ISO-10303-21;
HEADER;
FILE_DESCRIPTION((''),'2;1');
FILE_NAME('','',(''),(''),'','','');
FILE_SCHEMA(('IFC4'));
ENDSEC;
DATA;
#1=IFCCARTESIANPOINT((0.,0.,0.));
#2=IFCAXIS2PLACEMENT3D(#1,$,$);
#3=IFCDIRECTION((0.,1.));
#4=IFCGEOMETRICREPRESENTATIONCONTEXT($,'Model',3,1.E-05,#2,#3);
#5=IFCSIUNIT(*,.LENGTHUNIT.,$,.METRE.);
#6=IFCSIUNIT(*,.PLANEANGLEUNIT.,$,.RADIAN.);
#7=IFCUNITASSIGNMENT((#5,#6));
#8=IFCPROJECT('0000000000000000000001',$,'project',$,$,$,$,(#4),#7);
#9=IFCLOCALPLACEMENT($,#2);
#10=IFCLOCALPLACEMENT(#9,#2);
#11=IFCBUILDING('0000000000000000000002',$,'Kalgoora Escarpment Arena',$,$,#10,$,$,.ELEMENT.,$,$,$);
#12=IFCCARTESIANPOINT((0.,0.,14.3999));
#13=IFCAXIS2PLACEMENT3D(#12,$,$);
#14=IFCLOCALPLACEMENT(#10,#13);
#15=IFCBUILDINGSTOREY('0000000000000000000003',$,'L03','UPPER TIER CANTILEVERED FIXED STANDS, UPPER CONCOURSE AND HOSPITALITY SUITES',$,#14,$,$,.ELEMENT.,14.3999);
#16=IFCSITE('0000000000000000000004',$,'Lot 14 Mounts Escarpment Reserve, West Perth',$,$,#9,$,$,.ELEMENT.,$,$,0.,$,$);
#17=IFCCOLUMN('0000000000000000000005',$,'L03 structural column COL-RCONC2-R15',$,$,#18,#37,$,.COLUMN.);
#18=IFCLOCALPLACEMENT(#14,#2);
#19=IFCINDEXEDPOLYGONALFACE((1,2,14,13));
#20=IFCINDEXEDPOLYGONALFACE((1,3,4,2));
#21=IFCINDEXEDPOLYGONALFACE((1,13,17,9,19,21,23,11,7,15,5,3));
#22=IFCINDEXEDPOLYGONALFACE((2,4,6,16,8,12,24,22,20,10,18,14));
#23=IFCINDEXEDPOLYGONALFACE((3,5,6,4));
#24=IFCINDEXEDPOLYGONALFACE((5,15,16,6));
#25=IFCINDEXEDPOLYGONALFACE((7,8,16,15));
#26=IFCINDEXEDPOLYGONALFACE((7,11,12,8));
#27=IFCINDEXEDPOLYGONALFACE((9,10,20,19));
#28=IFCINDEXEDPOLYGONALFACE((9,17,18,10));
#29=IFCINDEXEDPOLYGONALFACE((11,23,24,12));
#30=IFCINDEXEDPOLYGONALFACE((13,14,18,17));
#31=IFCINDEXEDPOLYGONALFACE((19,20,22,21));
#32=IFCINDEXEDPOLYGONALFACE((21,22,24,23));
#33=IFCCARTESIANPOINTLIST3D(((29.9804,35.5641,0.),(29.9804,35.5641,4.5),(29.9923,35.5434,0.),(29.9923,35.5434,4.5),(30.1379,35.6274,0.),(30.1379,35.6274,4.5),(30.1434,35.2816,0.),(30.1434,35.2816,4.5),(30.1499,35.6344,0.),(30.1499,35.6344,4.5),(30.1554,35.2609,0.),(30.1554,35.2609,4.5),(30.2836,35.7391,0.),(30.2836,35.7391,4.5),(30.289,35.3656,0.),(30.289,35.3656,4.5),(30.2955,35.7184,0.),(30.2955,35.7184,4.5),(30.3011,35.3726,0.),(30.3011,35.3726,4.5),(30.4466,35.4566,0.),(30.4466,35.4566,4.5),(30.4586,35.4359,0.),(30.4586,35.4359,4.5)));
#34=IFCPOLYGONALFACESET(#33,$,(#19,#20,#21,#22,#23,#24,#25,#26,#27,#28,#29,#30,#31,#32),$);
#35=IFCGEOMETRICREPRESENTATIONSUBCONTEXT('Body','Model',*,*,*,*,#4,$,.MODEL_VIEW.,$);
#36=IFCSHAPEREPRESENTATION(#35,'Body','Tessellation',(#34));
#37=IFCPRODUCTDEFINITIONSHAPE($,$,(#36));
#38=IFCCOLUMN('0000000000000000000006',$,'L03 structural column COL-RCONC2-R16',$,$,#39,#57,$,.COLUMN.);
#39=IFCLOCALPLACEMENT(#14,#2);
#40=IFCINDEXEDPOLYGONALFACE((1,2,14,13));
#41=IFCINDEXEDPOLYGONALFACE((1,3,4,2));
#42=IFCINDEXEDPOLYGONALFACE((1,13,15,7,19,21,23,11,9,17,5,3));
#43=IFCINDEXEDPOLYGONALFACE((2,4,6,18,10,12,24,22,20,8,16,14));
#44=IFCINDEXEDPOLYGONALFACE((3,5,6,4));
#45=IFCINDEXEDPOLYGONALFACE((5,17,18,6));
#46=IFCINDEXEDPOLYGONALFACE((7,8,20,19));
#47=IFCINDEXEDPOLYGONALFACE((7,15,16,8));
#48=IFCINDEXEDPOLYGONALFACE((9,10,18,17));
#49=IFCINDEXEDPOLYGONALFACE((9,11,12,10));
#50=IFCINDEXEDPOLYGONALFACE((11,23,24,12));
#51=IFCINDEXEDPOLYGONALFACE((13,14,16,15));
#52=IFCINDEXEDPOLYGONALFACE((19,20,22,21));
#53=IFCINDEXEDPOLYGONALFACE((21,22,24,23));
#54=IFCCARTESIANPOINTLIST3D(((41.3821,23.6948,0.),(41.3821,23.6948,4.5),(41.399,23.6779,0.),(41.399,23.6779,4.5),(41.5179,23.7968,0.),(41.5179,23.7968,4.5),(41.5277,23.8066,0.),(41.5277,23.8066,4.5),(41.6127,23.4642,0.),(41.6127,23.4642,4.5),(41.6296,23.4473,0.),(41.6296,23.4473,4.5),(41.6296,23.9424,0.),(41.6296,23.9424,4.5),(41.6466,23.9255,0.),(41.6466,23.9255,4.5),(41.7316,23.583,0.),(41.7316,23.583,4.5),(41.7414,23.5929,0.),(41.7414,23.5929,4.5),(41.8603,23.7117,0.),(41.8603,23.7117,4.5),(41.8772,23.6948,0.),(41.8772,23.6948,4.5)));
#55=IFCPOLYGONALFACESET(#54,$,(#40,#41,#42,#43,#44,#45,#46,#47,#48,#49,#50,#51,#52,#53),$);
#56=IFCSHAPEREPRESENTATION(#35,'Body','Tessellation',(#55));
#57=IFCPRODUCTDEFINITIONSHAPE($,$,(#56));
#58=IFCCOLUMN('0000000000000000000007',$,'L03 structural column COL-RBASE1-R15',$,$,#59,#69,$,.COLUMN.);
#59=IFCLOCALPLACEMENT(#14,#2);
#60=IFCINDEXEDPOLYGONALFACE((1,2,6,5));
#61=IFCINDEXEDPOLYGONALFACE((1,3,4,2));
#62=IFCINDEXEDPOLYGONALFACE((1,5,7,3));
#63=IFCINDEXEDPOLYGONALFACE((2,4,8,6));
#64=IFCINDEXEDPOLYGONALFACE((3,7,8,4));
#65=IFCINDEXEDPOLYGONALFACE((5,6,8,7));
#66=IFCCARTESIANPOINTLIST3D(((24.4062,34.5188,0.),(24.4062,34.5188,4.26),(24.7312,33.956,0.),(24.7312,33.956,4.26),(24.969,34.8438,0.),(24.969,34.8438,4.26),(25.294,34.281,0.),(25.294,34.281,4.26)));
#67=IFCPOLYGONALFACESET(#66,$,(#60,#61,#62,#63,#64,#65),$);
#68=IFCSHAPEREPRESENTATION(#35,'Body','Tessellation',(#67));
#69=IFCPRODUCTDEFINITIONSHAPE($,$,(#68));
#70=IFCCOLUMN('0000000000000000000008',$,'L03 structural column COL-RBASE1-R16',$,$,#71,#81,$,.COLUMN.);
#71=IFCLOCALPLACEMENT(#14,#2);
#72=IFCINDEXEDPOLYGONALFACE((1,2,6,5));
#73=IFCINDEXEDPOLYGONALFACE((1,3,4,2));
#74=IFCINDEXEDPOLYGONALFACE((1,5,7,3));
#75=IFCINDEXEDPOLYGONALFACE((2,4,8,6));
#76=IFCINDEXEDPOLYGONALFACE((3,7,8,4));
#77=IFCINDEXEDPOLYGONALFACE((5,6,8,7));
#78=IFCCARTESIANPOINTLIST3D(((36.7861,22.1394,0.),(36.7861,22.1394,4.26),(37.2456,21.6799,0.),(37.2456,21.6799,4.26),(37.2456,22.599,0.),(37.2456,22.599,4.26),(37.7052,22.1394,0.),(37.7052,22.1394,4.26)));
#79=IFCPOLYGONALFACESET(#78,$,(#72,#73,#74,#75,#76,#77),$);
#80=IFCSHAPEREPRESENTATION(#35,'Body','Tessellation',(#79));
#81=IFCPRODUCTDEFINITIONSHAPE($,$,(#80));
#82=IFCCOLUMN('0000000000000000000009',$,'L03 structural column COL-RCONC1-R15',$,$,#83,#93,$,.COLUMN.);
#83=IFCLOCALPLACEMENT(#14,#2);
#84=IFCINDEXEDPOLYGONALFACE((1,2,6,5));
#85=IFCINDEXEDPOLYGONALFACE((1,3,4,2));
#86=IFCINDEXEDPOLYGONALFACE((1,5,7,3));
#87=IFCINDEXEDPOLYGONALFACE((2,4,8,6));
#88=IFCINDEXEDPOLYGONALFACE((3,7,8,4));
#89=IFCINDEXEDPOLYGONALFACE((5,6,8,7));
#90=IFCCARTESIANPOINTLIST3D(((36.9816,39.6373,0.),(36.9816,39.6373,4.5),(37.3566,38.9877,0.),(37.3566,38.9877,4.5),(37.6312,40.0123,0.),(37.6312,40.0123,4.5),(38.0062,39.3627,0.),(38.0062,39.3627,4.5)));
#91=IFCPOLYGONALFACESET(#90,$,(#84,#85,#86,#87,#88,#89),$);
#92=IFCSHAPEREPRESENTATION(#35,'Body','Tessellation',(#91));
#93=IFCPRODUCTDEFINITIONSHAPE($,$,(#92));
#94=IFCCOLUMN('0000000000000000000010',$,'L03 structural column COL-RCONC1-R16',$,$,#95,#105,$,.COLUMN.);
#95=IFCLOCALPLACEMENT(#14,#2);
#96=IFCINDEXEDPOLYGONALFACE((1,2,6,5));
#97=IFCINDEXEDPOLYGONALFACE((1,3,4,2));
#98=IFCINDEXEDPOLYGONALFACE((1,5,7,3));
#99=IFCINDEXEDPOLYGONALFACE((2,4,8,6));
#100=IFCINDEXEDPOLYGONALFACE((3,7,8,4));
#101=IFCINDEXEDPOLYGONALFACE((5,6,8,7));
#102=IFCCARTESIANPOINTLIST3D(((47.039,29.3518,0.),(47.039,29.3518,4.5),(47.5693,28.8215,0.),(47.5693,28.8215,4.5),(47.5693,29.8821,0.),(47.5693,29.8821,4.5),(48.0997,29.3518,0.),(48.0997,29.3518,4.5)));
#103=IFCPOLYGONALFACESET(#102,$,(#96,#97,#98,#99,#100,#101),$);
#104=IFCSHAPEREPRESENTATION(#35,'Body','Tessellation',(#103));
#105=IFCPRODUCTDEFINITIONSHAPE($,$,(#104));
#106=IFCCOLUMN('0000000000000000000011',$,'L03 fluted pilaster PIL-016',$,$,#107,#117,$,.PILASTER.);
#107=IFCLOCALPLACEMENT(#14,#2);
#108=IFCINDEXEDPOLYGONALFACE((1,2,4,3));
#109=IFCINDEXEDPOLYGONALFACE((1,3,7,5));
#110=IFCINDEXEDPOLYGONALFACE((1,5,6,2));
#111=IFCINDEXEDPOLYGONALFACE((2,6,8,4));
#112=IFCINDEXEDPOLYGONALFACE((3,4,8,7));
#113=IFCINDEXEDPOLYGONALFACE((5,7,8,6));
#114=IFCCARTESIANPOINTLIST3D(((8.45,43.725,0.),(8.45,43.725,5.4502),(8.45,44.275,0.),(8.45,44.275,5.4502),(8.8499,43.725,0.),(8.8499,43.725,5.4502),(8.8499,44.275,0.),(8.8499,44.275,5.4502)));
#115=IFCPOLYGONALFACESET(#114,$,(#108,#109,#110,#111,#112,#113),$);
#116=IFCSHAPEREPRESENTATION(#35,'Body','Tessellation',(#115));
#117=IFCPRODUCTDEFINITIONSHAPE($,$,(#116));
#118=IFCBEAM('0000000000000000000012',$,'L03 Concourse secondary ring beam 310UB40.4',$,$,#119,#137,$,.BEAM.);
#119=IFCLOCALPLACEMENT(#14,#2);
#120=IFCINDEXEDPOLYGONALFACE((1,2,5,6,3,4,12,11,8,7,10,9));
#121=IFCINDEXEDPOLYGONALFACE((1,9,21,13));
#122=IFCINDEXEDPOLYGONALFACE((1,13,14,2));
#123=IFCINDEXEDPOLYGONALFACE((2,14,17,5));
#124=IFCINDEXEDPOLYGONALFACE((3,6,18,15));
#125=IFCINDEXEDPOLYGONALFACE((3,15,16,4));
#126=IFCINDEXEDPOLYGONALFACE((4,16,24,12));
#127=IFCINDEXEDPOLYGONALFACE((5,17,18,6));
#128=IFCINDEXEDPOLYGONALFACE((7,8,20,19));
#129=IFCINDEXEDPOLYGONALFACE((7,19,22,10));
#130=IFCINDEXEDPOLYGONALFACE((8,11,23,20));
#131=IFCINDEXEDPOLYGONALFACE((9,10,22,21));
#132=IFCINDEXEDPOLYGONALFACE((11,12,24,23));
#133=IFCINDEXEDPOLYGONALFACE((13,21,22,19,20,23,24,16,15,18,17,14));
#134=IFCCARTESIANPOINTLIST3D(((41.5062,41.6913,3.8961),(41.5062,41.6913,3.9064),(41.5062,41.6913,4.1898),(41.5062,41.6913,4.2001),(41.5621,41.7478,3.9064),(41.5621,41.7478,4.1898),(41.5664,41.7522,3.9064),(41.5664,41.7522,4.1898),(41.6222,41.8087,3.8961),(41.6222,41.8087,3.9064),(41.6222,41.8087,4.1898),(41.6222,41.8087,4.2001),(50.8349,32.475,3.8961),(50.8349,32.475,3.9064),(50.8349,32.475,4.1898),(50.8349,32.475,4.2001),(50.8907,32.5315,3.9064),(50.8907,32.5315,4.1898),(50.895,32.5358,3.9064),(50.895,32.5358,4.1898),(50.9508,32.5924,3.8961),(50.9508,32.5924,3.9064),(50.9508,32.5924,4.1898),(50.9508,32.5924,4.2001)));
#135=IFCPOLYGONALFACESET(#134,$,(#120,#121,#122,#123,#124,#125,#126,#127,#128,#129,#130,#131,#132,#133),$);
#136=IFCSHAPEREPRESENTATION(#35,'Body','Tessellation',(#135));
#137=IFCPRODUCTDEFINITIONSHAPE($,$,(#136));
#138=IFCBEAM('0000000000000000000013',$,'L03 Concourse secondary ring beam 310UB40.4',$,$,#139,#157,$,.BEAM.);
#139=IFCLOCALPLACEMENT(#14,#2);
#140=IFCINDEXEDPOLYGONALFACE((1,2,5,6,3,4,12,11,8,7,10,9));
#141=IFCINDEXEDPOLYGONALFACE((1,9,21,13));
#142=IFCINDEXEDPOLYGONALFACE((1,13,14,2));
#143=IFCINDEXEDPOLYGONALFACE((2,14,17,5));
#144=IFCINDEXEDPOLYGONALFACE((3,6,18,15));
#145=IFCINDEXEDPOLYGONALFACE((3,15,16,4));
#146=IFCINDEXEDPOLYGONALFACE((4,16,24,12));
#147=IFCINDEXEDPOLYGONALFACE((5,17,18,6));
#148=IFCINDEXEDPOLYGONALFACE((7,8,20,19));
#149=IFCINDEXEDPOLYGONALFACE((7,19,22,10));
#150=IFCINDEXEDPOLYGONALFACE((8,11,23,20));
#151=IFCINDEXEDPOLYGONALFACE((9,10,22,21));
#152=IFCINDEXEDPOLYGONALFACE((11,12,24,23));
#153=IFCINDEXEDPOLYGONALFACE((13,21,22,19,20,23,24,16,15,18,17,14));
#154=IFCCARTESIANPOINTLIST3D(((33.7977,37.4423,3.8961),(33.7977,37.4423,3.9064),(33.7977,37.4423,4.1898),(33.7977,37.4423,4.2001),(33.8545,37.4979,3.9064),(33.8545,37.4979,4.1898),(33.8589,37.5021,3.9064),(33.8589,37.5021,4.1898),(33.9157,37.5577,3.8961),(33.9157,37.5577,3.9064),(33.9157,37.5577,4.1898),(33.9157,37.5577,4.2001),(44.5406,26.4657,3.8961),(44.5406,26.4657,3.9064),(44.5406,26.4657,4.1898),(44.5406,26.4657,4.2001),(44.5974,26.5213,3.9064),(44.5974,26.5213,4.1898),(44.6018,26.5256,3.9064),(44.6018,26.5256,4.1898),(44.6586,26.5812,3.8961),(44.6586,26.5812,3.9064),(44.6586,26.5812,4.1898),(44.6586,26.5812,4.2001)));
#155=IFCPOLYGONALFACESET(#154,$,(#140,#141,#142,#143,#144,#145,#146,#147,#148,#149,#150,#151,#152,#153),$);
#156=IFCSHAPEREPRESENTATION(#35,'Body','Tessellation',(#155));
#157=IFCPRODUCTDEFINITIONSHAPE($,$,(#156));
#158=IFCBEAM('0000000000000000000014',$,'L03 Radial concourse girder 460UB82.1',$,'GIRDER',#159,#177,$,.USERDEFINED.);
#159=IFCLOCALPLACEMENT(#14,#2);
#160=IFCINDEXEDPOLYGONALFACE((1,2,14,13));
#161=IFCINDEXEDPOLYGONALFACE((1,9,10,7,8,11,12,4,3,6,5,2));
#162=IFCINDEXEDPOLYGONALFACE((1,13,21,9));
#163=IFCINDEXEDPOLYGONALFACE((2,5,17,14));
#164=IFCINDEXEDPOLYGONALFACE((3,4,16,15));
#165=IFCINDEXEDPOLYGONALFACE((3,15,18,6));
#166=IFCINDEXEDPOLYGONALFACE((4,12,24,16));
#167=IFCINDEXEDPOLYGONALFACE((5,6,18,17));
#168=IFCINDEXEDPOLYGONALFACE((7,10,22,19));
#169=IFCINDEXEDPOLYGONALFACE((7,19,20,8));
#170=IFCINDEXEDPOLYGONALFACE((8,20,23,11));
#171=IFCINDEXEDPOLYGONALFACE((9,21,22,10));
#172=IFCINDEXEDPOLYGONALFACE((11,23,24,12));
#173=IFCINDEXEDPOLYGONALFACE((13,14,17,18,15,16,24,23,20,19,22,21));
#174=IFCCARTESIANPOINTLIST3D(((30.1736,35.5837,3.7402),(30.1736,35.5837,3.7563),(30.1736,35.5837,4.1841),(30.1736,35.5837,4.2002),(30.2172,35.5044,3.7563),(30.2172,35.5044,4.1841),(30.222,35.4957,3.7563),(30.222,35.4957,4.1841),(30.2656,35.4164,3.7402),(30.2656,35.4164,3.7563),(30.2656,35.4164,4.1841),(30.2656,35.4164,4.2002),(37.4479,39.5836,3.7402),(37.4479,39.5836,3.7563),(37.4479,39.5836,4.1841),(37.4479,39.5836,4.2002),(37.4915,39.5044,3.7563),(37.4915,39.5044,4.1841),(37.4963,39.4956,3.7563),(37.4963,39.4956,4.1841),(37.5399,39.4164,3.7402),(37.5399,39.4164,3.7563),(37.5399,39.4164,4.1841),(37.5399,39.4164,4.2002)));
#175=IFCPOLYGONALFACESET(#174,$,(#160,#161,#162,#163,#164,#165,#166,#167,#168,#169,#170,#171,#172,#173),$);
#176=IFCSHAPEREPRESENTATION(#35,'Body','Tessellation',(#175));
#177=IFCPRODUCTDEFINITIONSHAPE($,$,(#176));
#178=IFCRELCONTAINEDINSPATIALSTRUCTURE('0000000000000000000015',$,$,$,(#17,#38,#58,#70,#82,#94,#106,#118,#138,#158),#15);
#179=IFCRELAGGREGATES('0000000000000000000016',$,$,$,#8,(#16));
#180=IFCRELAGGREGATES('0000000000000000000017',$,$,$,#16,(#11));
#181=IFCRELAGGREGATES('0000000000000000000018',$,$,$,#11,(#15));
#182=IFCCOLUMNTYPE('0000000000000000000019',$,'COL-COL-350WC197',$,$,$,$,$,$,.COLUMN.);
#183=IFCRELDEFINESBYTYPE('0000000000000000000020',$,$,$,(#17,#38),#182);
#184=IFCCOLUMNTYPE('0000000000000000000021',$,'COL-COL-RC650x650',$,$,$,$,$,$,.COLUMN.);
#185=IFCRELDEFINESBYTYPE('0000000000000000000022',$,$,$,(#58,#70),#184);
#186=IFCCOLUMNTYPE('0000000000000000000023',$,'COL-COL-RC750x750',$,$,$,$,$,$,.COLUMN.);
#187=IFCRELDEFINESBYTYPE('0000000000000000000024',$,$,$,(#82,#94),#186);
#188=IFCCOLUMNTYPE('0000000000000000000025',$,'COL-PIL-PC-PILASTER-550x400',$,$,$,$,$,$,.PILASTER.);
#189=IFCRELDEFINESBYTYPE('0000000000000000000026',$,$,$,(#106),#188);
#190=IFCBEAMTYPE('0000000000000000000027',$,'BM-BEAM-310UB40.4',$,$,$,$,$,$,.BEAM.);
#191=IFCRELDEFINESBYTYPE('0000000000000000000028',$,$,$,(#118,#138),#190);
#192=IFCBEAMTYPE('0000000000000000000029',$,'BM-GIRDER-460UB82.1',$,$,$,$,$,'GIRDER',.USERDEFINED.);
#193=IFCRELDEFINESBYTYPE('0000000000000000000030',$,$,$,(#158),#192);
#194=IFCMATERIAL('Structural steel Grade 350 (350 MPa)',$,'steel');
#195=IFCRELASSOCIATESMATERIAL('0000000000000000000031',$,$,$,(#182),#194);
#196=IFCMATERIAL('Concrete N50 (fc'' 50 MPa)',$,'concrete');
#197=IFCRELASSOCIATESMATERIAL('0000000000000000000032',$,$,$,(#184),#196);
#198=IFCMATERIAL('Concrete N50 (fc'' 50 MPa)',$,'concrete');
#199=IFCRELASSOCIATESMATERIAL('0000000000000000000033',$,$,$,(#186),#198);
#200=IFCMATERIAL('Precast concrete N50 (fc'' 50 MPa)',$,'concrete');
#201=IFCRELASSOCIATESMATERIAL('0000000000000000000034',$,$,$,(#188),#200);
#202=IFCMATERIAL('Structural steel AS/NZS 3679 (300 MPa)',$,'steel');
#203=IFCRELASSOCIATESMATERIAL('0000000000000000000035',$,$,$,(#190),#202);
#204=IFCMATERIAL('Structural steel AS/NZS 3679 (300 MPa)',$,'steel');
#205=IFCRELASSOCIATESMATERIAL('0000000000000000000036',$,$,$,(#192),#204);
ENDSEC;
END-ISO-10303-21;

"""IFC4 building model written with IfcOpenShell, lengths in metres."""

from ifc_helpers import new_model, si_unit, direction, frame, origin, origin_2d, place, context, subcontext, project, spatial, rectangle, i_section, extrude, material, material_profile, profile_set, type_object, element, save


model = new_model("IFC4")

# Units and contexts
model_context = context("Model", 3, precision=1e-05, world=origin(), true_north=direction((0.0, 1.0)))
body_context = subcontext(model_context, "Body", "Model", "MODEL_VIEW")
ifc_project = project(units=[si_unit("LENGTHUNIT", "METRE"), si_unit("PLANEANGLEUNIT", "RADIAN")], contexts=[model_context])

# Site, building, storey
site_placement = place(None, origin())
site = spatial("IfcSite", under=ifc_project, at=site_placement, Name="Lot 14 Mounts Escarpment Reserve, West Perth", CompositionType="ELEMENT", RefElevation=0.0)
building_placement = place(site_placement, origin())
building = spatial("IfcBuilding", under=site, at=building_placement, Name="Kalgoora Escarpment Arena", CompositionType="ELEMENT")
storey_placement = place(building_placement, frame((0.0, 0.0, 14.3999)))
storey = spatial("IfcBuildingStorey", under=building, at=storey_placement, Name="L03", Description="UPPER TIER CANTILEVERED FIXED STANDS, UPPER CONCOURSE AND HOSPITALITY SUITES", CompositionType="ELEMENT", Elevation=14.3999)

# Columns
ifc_material_1 = material(Name="Structural steel Grade 350 (350 MPa)", Category="steel")
ifc_material_profile_1 = material_profile(ifc_material_1, i_section(OverallWidth=0.3501, OverallDepth=0.3501, WebThickness=0.0139, FlangeThickness=0.0239, at=origin_2d()))
ifc_profile_set_1 = profile_set([ifc_material_profile_1], Name="Structural steel Grade 350 (350 MPa)")
column_type_1 = type_object("IfcColumnType", Name="COL-COL-350WC197", PredefinedType="COLUMN", material=ifc_profile_set_1)
for number, where, z_axis, x_axis, name in (
    (1, (30.2195, 35.5, 0.0), (0.0, 0.0, 1.0), (-0.866025, -0.5, 0.0), "L03 structural column COL-RCONC2-R15"),
    (2, (41.6296, 23.6948, 0.0), (0.0, 0.0, 1.0), (-0.707107, -0.707107, 0.0), "L03 structural column COL-RCONC2-R16"),
):
    element("IfcColumn", number, at=place(storey_placement, frame(where, z_axis=z_axis, x_axis=x_axis)), inside=storey, type_object=column_type_1, Name=name, PredefinedType="COLUMN", context=body_context, shape_type="SweptSolid", body=[
        extrude(i_section(OverallWidth=0.3501, OverallDepth=0.3501, WebThickness=0.0139, FlangeThickness=0.0239, at=origin_2d()), origin(), (0.0, 0.0, 1.0), 4.5),
    ])
ifc_material_2 = material(Name="Concrete N50 (fc' 50 MPa)", Category="concrete")
ifc_material_profile_2 = material_profile(ifc_material_2, rectangle(XDim=0.6499, YDim=0.6499, at=origin_2d()))
ifc_profile_set_2 = profile_set([ifc_material_profile_2], Name="Concrete N50 (fc' 50 MPa)")
column_type_2 = type_object("IfcColumnType", Name="COL-COL-RC650x650", PredefinedType="COLUMN", material=ifc_profile_set_2)
for number, where, z_axis, x_axis, name in (
    (3, (24.8501, 34.3999, 0.0), (0.0, 0.0, 1.0), (-0.866025, -0.5, 0.0), "L03 structural column COL-RBASE1-R15"),
    (4, (37.2456, 22.1394, 0.0), (0.0, 0.0, 1.0), (-0.707107, -0.707107, 0.0), "L03 structural column COL-RBASE1-R16"),
):
    element("IfcColumn", number, at=place(storey_placement, frame(where, z_axis=z_axis, x_axis=x_axis)), inside=storey, type_object=column_type_2, Name=name, PredefinedType="COLUMN", context=body_context, shape_type="SweptSolid", body=[
        extrude(rectangle(XDim=0.6499, YDim=0.6499, at=origin_2d()), origin(), (0.0, 0.0, 1.0), 4.26),
    ])
ifc_material_3 = material(Name="Concrete N50 (fc' 50 MPa)", Category="concrete")
ifc_material_profile_3 = material_profile(ifc_material_3, rectangle(XDim=0.75, YDim=0.75, at=origin_2d()))
ifc_profile_set_3 = profile_set([ifc_material_profile_3], Name="Concrete N50 (fc' 50 MPa)")
column_type_3 = type_object("IfcColumnType", Name="COL-COL-RC750x750", PredefinedType="COLUMN", material=ifc_profile_set_3)
for number, where, z_axis, x_axis, name in (
    (5, (37.4939, 39.5, 0.0), (0.0, 0.0, 1.0), (-0.866025, -0.5, 0.0), "L03 structural column COL-RCONC1-R15"),
    (6, (47.5693, 29.3518, 0.0), (0.0, 0.0, 1.0), (-0.707107, -0.707107, 0.0), "L03 structural column COL-RCONC1-R16"),
):
    element("IfcColumn", number, at=place(storey_placement, frame(where, z_axis=z_axis, x_axis=x_axis)), inside=storey, type_object=column_type_3, Name=name, PredefinedType="COLUMN", context=body_context, shape_type="SweptSolid", body=[
        extrude(rectangle(XDim=0.75, YDim=0.75, at=origin_2d()), origin(), (0.0, 0.0, 1.0), 4.5),
    ])
ifc_material_4 = material(Name="Precast concrete N50 (fc' 50 MPa)", Category="concrete")
ifc_material_profile_4 = material_profile(ifc_material_4, rectangle(XDim=0.3999, YDim=0.55, at=origin_2d()))
ifc_profile_set_4 = profile_set([ifc_material_profile_4], Name="Precast concrete N50 (fc' 50 MPa)")
column_type_4 = type_object("IfcColumnType", Name="COL-PIL-PC-PILASTER-550x400", PredefinedType="PILASTER", material=ifc_profile_set_4)
column_placement = place(storey_placement, frame((8.6499, 44.0, 0.0), z_axis=(0.0, 0.0, 1.0), x_axis=(1.0, 0.0, 0.0)))
element("IfcColumn", 7, at=column_placement, inside=storey, type_object=column_type_4, Name="L03 fluted pilaster PIL-016", PredefinedType="PILASTER", context=body_context, shape_type="SweptSolid", body=[
    extrude(rectangle(XDim=0.3999, YDim=0.55, at=origin_2d()), origin(), (0.0, 0.0, 1.0), 5.4502),
])

# Beams
ifc_material_5 = material(Name="Structural steel AS/NZS 3679 (300 MPa)", Category="steel")
ifc_material_profile_5 = material_profile(ifc_material_5, i_section(OverallWidth=0.165, OverallDepth=0.304, WebThickness=0.0061, FlangeThickness=0.0103, at=origin_2d()))
ifc_profile_set_5 = profile_set([ifc_material_profile_5], Name="Structural steel AS/NZS 3679 (300 MPa)")
beam_type_1 = type_object("IfcBeamType", Name="BM-BEAM-310UB40.4", PredefinedType="BEAM", material=ifc_profile_set_5)
beam_1_placement = place(storey_placement, frame((41.5642, 41.75, 4.0481), z_axis=(0.711376, -0.702812, 0.0), x_axis=(0.702812, 0.711376, 0.0)))
element("IfcBeam", 8, at=beam_1_placement, inside=storey, type_object=beam_type_1, Name="L03 Concourse secondary ring beam 310UB40.4", PredefinedType="BEAM", context=body_context, shape_type="SweptSolid", body=[
    extrude(i_section(OverallWidth=0.165, OverallDepth=0.304, WebThickness=0.0061, FlangeThickness=0.0103, at=origin_2d()), origin(), (0.0, 0.0, 1.0), 13.1135),
])
beam_2_placement = place(storey_placement, frame((33.8567, 37.5, 4.0481), z_axis=(0.69946, -0.714672, 0.0), x_axis=(0.714672, 0.69946, 0.0)))
element("IfcBeam", 9, at=beam_2_placement, inside=storey, type_object=beam_type_1, Name="L03 Concourse secondary ring beam 310UB40.4", PredefinedType="BEAM", context=body_context, shape_type="SweptSolid", body=[
    extrude(i_section(OverallWidth=0.165, OverallDepth=0.304, WebThickness=0.0061, FlangeThickness=0.0103, at=origin_2d()), origin(), (0.0, 0.0, 1.0), 15.3589),
])
ifc_material_6 = material(Name="Structural steel AS/NZS 3679 (300 MPa)", Category="steel")
ifc_material_profile_6 = material_profile(ifc_material_6, i_section(OverallWidth=0.1909, OverallDepth=0.46, WebThickness=0.01, FlangeThickness=0.0161, at=origin_2d()))
ifc_profile_set_6 = profile_set([ifc_material_profile_6], Name="Structural steel AS/NZS 3679 (300 MPa)")
beam_type_2 = type_object("IfcBeamType", Name="BM-GIRDER-460UB82.1", ElementType="GIRDER", PredefinedType="USERDEFINED", material=ifc_profile_set_6)
beam_3_placement = place(storey_placement, frame((37.4939, 39.5, 3.9702), z_axis=(-0.876263, -0.481833, 0.0), x_axis=(0.481833, -0.876263, 0.0)))
element("IfcBeam", 10, at=beam_3_placement, inside=storey, type_object=beam_type_2, Name="L03 Radial concourse girder 460UB82.1", ObjectType="GIRDER", PredefinedType="USERDEFINED", context=body_context, shape_type="SweptSolid", body=[
    extrude(i_section(OverallWidth=0.1909, OverallDepth=0.46, WebThickness=0.01, FlangeThickness=0.0161, at=origin_2d()), origin(), (0.0, 0.0, 1.0), 8.3015),
])

save(model, "model.ifc")
